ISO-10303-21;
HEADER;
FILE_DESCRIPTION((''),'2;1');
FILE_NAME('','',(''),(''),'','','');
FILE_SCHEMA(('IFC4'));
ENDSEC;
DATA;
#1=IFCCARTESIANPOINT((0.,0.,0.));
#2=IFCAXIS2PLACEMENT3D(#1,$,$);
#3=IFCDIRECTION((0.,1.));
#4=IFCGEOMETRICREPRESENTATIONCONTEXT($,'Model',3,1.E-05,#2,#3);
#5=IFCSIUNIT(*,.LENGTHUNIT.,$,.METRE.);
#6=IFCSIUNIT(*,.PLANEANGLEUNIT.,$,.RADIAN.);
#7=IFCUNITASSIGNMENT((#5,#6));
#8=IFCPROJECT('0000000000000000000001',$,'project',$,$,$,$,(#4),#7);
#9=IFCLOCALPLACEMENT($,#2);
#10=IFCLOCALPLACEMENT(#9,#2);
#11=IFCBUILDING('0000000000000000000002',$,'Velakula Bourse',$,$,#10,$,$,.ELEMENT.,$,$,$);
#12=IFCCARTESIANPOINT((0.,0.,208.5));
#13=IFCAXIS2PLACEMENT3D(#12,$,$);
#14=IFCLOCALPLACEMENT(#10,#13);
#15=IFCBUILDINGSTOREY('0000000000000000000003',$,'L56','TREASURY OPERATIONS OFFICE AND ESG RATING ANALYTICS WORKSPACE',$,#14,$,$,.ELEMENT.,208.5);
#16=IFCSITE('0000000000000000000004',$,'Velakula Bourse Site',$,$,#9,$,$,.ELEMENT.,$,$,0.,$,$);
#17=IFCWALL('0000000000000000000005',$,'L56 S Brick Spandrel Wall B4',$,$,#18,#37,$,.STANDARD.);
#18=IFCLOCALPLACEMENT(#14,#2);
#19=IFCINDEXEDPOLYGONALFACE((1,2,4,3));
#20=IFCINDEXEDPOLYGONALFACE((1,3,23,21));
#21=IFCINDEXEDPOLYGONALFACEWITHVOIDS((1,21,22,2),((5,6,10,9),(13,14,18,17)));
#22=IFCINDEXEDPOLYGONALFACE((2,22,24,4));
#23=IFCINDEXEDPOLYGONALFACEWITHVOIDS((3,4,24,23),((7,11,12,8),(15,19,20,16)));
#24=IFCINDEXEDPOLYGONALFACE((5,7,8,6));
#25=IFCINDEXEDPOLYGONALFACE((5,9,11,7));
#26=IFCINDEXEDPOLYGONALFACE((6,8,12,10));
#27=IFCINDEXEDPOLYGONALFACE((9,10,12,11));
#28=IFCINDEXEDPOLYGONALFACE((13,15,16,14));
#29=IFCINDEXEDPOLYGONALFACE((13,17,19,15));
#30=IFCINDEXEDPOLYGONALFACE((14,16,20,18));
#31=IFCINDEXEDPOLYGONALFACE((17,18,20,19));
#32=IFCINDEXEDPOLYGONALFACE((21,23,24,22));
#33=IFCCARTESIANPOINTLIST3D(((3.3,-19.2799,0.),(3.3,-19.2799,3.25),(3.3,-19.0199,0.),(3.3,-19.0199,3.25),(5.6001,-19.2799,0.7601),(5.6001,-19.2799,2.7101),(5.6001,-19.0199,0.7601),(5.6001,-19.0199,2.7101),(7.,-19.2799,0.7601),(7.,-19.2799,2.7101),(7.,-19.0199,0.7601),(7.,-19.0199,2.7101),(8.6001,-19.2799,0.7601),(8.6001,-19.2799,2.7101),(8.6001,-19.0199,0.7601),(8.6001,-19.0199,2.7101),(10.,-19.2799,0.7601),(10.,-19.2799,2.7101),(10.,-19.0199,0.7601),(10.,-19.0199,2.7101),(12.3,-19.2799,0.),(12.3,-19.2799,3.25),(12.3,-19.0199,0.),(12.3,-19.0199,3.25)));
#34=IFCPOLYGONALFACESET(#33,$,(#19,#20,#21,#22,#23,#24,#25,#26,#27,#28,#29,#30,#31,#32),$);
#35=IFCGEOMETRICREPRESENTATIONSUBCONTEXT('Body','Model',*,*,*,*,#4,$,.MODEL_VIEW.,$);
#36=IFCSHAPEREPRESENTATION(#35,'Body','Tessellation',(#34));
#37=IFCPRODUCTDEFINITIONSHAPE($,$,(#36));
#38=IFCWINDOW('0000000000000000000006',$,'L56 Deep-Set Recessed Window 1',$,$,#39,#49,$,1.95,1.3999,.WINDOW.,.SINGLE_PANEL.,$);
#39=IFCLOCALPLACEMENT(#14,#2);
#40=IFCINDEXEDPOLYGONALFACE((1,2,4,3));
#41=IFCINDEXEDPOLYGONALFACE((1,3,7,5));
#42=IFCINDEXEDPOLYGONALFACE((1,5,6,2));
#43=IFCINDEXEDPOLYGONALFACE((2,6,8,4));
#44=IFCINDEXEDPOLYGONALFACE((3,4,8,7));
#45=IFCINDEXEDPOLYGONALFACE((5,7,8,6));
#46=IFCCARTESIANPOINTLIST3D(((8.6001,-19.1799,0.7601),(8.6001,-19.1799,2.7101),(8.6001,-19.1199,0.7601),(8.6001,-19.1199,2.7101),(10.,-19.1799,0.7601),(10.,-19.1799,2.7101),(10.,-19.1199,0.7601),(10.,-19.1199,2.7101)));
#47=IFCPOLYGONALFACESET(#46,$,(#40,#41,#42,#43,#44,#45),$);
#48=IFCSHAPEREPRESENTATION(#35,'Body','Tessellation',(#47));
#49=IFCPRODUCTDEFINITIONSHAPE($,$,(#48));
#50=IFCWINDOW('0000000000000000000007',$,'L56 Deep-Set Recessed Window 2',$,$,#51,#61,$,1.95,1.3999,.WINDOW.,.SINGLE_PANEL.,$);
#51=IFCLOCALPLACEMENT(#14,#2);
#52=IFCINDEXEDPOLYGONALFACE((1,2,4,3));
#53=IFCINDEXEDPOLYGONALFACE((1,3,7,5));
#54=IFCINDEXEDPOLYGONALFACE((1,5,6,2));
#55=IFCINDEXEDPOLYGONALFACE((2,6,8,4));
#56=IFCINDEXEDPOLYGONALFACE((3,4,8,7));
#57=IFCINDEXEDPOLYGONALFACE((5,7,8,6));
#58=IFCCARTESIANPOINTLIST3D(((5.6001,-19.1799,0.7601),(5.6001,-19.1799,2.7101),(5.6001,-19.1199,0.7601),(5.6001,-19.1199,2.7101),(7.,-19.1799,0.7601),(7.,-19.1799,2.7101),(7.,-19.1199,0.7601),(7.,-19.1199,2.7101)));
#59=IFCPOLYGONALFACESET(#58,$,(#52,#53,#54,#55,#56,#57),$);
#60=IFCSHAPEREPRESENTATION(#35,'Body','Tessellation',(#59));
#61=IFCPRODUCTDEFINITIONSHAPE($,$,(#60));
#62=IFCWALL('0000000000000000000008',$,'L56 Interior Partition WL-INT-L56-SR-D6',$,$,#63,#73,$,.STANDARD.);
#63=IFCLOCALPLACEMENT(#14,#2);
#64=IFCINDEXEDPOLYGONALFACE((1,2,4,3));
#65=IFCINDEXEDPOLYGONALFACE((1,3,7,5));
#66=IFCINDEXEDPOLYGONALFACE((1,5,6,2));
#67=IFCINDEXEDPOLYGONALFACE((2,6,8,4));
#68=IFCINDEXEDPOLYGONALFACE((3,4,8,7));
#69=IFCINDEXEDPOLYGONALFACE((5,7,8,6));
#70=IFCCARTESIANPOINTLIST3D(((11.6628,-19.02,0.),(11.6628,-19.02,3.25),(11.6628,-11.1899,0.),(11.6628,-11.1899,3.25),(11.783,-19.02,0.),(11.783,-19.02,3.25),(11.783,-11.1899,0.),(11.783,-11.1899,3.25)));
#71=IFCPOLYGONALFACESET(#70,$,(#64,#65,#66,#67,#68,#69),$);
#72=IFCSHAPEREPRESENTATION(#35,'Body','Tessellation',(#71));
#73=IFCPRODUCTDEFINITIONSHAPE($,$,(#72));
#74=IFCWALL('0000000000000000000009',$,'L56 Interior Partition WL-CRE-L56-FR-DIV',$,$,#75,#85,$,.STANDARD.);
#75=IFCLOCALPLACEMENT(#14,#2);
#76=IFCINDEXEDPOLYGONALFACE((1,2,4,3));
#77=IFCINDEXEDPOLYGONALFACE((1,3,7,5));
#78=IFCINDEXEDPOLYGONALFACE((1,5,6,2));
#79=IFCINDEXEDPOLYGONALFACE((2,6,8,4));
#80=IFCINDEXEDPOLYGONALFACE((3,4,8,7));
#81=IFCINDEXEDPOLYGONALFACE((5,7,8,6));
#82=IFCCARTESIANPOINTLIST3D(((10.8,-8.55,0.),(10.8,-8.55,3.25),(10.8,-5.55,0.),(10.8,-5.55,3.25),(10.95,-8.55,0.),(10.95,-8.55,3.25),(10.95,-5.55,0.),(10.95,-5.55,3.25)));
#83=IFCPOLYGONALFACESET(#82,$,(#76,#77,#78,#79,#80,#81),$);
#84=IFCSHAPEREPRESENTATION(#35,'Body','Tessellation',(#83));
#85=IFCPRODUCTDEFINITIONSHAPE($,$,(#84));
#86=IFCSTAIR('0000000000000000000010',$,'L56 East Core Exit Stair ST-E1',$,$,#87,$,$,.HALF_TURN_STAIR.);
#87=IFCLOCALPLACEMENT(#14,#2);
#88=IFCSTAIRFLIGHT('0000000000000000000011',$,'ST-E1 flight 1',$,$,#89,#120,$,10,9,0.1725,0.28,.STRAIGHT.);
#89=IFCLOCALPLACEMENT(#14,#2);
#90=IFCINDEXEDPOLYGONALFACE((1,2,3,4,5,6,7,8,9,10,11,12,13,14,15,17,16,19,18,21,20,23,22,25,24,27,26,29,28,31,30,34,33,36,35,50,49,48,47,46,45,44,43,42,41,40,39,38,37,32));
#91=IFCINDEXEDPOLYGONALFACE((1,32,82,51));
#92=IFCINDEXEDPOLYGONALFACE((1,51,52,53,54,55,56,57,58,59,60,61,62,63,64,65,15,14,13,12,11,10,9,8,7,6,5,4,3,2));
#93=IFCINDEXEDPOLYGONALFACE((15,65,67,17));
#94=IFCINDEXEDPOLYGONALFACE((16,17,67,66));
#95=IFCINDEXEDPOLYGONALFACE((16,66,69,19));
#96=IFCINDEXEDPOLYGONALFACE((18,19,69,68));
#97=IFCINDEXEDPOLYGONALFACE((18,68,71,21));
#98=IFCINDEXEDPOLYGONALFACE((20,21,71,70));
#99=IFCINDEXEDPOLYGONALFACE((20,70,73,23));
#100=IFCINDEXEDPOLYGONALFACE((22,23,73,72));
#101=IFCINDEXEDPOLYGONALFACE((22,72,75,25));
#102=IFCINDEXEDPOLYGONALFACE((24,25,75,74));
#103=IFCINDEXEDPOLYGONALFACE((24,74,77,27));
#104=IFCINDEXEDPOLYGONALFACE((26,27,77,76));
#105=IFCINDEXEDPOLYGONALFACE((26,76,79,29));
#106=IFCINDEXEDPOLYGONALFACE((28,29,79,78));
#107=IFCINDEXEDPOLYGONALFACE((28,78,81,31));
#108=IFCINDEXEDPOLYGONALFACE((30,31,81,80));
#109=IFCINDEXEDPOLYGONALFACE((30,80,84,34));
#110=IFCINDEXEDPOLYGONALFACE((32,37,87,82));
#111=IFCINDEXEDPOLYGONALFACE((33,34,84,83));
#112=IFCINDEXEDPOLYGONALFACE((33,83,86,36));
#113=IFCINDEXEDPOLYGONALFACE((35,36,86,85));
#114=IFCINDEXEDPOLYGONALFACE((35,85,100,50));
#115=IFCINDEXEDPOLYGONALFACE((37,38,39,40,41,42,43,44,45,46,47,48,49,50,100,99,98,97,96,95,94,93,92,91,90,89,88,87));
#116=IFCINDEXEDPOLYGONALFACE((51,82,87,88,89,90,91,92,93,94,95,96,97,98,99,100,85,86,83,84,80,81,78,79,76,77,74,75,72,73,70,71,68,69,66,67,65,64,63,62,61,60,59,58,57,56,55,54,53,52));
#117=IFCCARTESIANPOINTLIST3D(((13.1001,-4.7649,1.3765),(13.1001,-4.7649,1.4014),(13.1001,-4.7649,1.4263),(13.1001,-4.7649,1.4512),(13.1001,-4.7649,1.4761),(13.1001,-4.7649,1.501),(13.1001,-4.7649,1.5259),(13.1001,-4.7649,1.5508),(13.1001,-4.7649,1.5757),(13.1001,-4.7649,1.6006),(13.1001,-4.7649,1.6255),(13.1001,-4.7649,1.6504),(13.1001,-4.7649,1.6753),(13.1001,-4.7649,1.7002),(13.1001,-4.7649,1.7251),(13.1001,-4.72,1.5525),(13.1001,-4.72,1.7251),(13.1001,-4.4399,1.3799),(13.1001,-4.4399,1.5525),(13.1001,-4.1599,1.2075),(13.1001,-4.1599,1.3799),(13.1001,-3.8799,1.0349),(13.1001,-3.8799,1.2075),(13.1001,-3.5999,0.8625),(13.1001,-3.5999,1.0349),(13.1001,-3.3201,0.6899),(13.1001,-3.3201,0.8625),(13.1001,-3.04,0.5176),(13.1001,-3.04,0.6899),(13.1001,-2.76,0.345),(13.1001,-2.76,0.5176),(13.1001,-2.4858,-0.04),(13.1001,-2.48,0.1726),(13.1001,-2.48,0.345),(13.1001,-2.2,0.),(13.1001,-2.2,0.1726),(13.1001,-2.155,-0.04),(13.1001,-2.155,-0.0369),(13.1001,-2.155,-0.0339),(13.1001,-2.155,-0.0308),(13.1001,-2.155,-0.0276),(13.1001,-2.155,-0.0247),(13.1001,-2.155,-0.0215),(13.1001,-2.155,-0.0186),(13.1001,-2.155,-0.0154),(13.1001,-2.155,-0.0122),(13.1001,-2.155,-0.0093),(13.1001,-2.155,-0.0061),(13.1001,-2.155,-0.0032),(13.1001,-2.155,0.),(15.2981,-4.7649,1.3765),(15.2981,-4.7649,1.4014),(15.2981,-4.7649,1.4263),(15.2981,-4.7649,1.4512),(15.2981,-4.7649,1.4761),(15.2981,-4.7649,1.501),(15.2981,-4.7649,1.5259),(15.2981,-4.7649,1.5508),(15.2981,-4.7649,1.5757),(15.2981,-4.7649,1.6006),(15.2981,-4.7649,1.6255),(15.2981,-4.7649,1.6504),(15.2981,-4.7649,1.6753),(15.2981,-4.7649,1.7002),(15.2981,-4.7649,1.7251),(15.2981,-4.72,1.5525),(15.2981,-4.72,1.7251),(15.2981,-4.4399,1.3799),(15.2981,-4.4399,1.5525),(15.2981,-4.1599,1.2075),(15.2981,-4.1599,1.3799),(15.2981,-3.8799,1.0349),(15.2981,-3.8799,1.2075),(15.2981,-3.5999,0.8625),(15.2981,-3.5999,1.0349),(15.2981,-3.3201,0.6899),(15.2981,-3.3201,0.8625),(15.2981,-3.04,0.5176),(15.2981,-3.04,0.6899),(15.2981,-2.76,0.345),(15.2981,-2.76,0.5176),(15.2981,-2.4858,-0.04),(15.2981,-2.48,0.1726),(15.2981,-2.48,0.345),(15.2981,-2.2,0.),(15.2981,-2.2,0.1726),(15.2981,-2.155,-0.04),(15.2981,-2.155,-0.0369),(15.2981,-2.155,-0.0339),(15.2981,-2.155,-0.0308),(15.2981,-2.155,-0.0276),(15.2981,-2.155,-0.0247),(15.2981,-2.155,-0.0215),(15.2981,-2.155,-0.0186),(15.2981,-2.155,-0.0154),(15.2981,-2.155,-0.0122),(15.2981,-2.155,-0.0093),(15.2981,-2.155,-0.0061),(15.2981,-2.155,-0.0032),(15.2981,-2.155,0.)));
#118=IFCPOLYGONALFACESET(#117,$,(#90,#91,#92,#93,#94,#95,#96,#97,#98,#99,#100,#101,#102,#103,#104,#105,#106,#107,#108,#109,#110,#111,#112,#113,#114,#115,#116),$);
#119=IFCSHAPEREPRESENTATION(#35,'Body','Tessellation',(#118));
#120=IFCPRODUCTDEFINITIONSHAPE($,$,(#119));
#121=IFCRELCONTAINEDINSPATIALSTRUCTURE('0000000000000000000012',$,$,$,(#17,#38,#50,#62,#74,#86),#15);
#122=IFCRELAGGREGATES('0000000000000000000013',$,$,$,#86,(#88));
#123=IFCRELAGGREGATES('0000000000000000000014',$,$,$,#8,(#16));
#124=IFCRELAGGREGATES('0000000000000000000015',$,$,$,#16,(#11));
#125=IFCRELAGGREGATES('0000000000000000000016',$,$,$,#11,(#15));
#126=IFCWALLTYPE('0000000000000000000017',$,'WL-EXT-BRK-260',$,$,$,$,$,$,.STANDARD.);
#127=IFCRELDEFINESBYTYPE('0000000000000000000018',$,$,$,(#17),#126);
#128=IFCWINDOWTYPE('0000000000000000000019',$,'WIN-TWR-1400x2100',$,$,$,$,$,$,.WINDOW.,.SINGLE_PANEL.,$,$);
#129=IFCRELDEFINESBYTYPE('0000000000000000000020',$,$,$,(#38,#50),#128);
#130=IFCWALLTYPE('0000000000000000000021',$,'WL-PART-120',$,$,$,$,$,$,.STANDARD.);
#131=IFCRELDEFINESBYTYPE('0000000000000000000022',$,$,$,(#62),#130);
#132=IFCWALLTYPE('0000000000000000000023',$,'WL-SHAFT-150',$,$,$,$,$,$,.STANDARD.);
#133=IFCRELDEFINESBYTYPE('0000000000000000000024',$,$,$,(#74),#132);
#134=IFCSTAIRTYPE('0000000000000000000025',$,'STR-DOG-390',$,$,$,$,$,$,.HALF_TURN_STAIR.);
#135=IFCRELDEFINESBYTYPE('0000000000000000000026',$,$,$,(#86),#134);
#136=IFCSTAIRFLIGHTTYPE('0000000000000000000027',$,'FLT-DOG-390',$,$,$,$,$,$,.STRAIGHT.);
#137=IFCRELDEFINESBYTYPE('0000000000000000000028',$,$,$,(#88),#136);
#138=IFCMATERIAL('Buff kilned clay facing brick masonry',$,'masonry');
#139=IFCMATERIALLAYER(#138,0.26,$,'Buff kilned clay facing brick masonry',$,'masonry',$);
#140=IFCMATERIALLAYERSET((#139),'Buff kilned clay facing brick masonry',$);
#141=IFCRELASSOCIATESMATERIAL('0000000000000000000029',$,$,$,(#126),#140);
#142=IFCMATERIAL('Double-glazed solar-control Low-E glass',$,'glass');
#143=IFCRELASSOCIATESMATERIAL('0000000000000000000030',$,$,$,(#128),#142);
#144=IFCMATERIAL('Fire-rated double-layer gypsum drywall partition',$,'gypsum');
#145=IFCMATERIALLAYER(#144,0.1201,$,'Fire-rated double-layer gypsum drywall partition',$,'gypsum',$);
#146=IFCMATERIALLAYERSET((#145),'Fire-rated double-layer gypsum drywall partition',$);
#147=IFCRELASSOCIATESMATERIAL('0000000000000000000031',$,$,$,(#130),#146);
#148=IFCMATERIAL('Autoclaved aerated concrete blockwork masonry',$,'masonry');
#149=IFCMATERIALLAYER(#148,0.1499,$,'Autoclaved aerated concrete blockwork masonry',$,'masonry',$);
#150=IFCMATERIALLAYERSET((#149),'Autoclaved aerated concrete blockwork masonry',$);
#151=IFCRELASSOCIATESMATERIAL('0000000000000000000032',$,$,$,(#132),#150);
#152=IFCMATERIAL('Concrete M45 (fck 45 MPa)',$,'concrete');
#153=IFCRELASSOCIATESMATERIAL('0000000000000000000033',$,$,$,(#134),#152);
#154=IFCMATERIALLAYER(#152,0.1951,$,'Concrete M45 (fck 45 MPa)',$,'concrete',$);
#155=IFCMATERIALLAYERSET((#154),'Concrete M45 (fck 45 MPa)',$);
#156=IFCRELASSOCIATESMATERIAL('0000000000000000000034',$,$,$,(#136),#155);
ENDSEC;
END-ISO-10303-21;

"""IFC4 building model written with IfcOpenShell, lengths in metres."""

from ifc_helpers import new_model, si_unit, direction, frame, frame_2d, origin, place, context, subcontext, project, spatial, polyline, rectangle, outline, extrude, material, layer, layer_set, type_object, element, fill, aggregate, save


model = new_model("IFC4")

# Units and contexts
model_context = context("Model", 3, precision=1e-05, world=origin(), true_north=direction((0.0, 1.0)))
body_context = subcontext(model_context, "Body", "Model", "MODEL_VIEW")
ifc_project = project(units=[si_unit("LENGTHUNIT", "METRE"), si_unit("PLANEANGLEUNIT", "RADIAN")], contexts=[model_context])

# Site, building, storey
site_placement = place(None, origin())
site = spatial("IfcSite", under=ifc_project, at=site_placement, Name="Velakula Bourse Site", CompositionType="ELEMENT", RefElevation=0.0)
building_placement = place(site_placement, origin())
building = spatial("IfcBuilding", under=site, at=building_placement, Name="Velakula Bourse", CompositionType="ELEMENT")
storey_placement = place(building_placement, frame((0.0, 0.0, 208.5)))
storey = spatial("IfcBuildingStorey", under=building, at=storey_placement, Name="L56", Description="TREASURY OPERATIONS OFFICE AND ESG RATING ANALYTICS WORKSPACE", CompositionType="ELEMENT", Elevation=208.5)

# Wall, openings, windows
ifc_material_1 = material(Name="Buff kilned clay facing brick masonry", Category="masonry")
ifc_layer_1 = layer(ifc_material_1, 0.26, Name="Buff kilned clay facing brick masonry", Category="masonry")
ifc_layer_set_1 = layer_set([ifc_layer_1], Name="Buff kilned clay facing brick masonry")
wall_type_1 = type_object("IfcWallType", Name="WL-EXT-BRK-260", PredefinedType="STANDARD", material=ifc_layer_set_1)
wall_1_placement = place(storey_placement, frame((12.3, -19.1499, 0.0), z_axis=(0.0, 0.0, 1.0), x_axis=(-1.0, 0.0, 0.0)))
wall_1 = element("IfcWall", 1, at=wall_1_placement, inside=storey, type_object=wall_type_1, Name="L56 S Brick Spandrel Wall B4", PredefinedType="STANDARD", context=body_context, shape_type="SweptSolid", body=[
    extrude(rectangle(XDim=9.0, YDim=0.26, at=frame_2d((4.5, 0.0))), origin(), (0.0, 0.0, 1.0), 3.25),
])
opening_1_placement = place(wall_1_placement, frame((2.3, 0.0, 0.76)))
opening_1 = element("IfcOpeningElement", 2, at=opening_1_placement, cuts=wall_1, PredefinedType="OPENING", context=body_context, shape_type="SweptSolid", body=[
    extrude(rectangle(XDim=1.3999, YDim=1.95, at=frame_2d((0.7, 0.9751))), frame((0.0, 0.1399, 0.0), z_axis=(0.0, -1.0, 0.0), x_axis=(1.0, 0.0, 0.0)), (0.0, 0.0, 1.0), 0.28),
])
opening_2_placement = place(wall_1_placement, frame((5.3, 0.0, 0.76)))
opening_2 = element("IfcOpeningElement", 3, at=opening_2_placement, cuts=wall_1, PredefinedType="OPENING", context=body_context, shape_type="SweptSolid", body=[
    extrude(rectangle(XDim=1.3999, YDim=1.95, at=frame_2d((0.7, 0.9751))), frame((0.0, 0.1399, 0.0), z_axis=(0.0, -1.0, 0.0), x_axis=(1.0, 0.0, 0.0)), (0.0, 0.0, 1.0), 0.28),
])
ifc_material_2 = material(Name="Double-glazed solar-control Low-E glass", Category="glass")
window_type = type_object("IfcWindowType", Name="WIN-TWR-1400x2100", PartitioningType="SINGLE_PANEL", PredefinedType="WINDOW", material=ifc_material_2)
window_1_placement = place(opening_1_placement, origin())
window_1 = element("IfcWindow", 4, at=window_1_placement, inside=storey, type_object=window_type, Name="L56 Deep-Set Recessed Window 1", OverallHeight=1.95, OverallWidth=1.3999, PartitioningType="SINGLE_PANEL", PredefinedType="WINDOW", context=body_context, shape_type="SweptSolid", body=[
    extrude(rectangle(XDim=1.3999, YDim=1.95, at=frame_2d((0.7, 0.9751))), frame((0.0, 0.03, 0.0), z_axis=(0.0, -1.0, 0.0), x_axis=(1.0, 0.0, 0.0)), (0.0, 0.0, 1.0), 0.0601),
])
fill(opening_1, window_1)
window_2_placement = place(opening_2_placement, origin())
window_2 = element("IfcWindow", 5, at=window_2_placement, inside=storey, type_object=window_type, Name="L56 Deep-Set Recessed Window 2", OverallHeight=1.95, OverallWidth=1.3999, PartitioningType="SINGLE_PANEL", PredefinedType="WINDOW", context=body_context, shape_type="SweptSolid", body=[
    extrude(rectangle(XDim=1.3999, YDim=1.95, at=frame_2d((0.7, 0.9751))), frame((0.0, 0.03, 0.0), z_axis=(0.0, -1.0, 0.0), x_axis=(1.0, 0.0, 0.0)), (0.0, 0.0, 1.0), 0.0601),
])
fill(opening_2, window_2)

# Wall
ifc_material_3 = material(Name="Fire-rated double-layer gypsum drywall partition", Category="gypsum")
ifc_layer_2 = layer(ifc_material_3, 0.1201, Name="Fire-rated double-layer gypsum drywall partition", Category="gypsum")
ifc_layer_set_2 = layer_set([ifc_layer_2], Name="Fire-rated double-layer gypsum drywall partition")
wall_type_2 = type_object("IfcWallType", Name="WL-PART-120", PredefinedType="STANDARD", material=ifc_layer_set_2)
wall_2_placement = place(storey_placement, frame((11.7229, -19.02, 0.0), z_axis=(0.0, 0.0, 1.0), x_axis=(0.0, 1.0, 0.0)))
element("IfcWall", 6, at=wall_2_placement, inside=storey, type_object=wall_type_2, Name="L56 Interior Partition WL-INT-L56-SR-D6", PredefinedType="STANDARD", context=body_context, shape_type="SweptSolid", body=[
    extrude(rectangle(XDim=7.8301, YDim=0.1201, at=frame_2d((3.915, 0.0))), origin(), (0.0, 0.0, 1.0), 3.25),
])

# Shared definitions
ifc_material_4 = material(Name="Autoclaved aerated concrete blockwork masonry", Category="masonry")
ifc_layer_3 = layer(ifc_material_4, 0.1499, Name="Autoclaved aerated concrete blockwork masonry", Category="masonry")
ifc_layer_set_3 = layer_set([ifc_layer_3], Name="Autoclaved aerated concrete blockwork masonry")
wall_type_3 = type_object("IfcWallType", Name="WL-SHAFT-150", PredefinedType="STANDARD", material=ifc_layer_set_3)

# Wall
wall_3_placement = place(storey_placement, frame((10.875, -8.55, 0.0), z_axis=(0.0, 0.0, 1.0), x_axis=(0.0, 1.0, 0.0)))
element("IfcWall", 7, at=wall_3_placement, inside=storey, type_object=wall_type_3, Name="L56 Interior Partition WL-CRE-L56-FR-DIV", PredefinedType="STANDARD", context=body_context, shape_type="SweptSolid", body=[
    extrude(rectangle(XDim=3.0, YDim=0.1499, at=frame_2d((1.5, 0.0))), origin(), (0.0, 0.0, 1.0), 3.25),
])

# Stair, stair flight
ifc_material_5 = material(Name="Concrete M45 (fck 45 MPa)", Category="concrete")
stair_type = type_object("IfcStairType", Name="STR-DOG-390", PredefinedType="HALF_TURN_STAIR", material=ifc_material_5)
stair_placement = place(storey_placement, origin())
stair = element("IfcStair", 8, at=stair_placement, inside=storey, type_object=stair_type, Name="L56 East Core Exit Stair ST-E1", PredefinedType="HALF_TURN_STAIR")
ifc_layer_4 = layer(ifc_material_5, 0.1951, Name="Concrete M45 (fck 45 MPa)", Category="concrete")
ifc_layer_set_4 = layer_set([ifc_layer_4], Name="Concrete M45 (fck 45 MPa)")
stair_flight_type = type_object("IfcStairFlightType", Name="FLT-DOG-390", PredefinedType="STRAIGHT", material=ifc_layer_set_4)
stair_flight_1_placement = place(storey_placement, frame((14.199, -2.2, 0.0), z_axis=(0.0, 0.0, 1.0), x_axis=(0.0, -1.0, 0.0)))
stair_flight_1 = element("IfcStairFlight", 9, at=stair_flight_1_placement, type_object=stair_flight_type, Name="ST-E1 flight 1", NumberOfRisers=10, NumberOfTreads=9, PredefinedType="STRAIGHT", RiserHeight=0.1725, TreadLength=0.28, context=body_context, shape_type="SweptSolid", body=[
    extrude(outline(polyline([(-0.0449, -0.04), (-0.0449, -0.0369), (-0.0449, -0.0339), (-0.0449, -0.0308), (-0.0449, -0.0276), (-0.0449, -0.0247), (-0.0449, -0.0215), (-0.0449, -0.0186), (-0.0449, -0.0154), (-0.0449, -0.0122), (-0.0449, -0.0093), (-0.0449, -0.0061), (-0.0449, -0.0032), (-0.0449, 0.0), (0.0, 0.0), (0.0, 0.1726), (0.28, 0.1726), (0.28, 0.345), (0.5601, 0.345), (0.5601, 0.5176), (0.8401, 0.5176), (0.8401, 0.6899), (1.1201, 0.6899), (1.1201, 0.8625), (1.3999, 0.8625), (1.3999, 1.0349), (1.6799, 1.0349), (1.6799, 1.2075), (1.96, 1.2075), (1.96, 1.3799), (2.24, 1.3799), (2.24, 1.5525), (2.52, 1.5525), (2.52, 1.7251), (2.5649, 1.7251), (2.5649, 1.7002), (2.5649, 1.6753), (2.5649, 1.6504), (2.5649, 1.6255), (2.5649, 1.6006), (2.5649, 1.5757), (2.5649, 1.5508), (2.5649, 1.5259), (2.5649, 1.501), (2.5649, 1.4761), (2.5649, 1.4512), (2.5649, 1.4263), (2.5649, 1.4014), (2.5649, 1.3765), (0.2859, -0.04), (-0.0449, -0.04)])), frame((0.0, 1.0991, 0.0), z_axis=(0.0, -1.0, 0.0), x_axis=(1.0, 0.0, 0.0)), (0.0, 0.0, 1.0), 2.198),
])
aggregate(stair, [stair_flight_1])

save(model, "model.ifc")
